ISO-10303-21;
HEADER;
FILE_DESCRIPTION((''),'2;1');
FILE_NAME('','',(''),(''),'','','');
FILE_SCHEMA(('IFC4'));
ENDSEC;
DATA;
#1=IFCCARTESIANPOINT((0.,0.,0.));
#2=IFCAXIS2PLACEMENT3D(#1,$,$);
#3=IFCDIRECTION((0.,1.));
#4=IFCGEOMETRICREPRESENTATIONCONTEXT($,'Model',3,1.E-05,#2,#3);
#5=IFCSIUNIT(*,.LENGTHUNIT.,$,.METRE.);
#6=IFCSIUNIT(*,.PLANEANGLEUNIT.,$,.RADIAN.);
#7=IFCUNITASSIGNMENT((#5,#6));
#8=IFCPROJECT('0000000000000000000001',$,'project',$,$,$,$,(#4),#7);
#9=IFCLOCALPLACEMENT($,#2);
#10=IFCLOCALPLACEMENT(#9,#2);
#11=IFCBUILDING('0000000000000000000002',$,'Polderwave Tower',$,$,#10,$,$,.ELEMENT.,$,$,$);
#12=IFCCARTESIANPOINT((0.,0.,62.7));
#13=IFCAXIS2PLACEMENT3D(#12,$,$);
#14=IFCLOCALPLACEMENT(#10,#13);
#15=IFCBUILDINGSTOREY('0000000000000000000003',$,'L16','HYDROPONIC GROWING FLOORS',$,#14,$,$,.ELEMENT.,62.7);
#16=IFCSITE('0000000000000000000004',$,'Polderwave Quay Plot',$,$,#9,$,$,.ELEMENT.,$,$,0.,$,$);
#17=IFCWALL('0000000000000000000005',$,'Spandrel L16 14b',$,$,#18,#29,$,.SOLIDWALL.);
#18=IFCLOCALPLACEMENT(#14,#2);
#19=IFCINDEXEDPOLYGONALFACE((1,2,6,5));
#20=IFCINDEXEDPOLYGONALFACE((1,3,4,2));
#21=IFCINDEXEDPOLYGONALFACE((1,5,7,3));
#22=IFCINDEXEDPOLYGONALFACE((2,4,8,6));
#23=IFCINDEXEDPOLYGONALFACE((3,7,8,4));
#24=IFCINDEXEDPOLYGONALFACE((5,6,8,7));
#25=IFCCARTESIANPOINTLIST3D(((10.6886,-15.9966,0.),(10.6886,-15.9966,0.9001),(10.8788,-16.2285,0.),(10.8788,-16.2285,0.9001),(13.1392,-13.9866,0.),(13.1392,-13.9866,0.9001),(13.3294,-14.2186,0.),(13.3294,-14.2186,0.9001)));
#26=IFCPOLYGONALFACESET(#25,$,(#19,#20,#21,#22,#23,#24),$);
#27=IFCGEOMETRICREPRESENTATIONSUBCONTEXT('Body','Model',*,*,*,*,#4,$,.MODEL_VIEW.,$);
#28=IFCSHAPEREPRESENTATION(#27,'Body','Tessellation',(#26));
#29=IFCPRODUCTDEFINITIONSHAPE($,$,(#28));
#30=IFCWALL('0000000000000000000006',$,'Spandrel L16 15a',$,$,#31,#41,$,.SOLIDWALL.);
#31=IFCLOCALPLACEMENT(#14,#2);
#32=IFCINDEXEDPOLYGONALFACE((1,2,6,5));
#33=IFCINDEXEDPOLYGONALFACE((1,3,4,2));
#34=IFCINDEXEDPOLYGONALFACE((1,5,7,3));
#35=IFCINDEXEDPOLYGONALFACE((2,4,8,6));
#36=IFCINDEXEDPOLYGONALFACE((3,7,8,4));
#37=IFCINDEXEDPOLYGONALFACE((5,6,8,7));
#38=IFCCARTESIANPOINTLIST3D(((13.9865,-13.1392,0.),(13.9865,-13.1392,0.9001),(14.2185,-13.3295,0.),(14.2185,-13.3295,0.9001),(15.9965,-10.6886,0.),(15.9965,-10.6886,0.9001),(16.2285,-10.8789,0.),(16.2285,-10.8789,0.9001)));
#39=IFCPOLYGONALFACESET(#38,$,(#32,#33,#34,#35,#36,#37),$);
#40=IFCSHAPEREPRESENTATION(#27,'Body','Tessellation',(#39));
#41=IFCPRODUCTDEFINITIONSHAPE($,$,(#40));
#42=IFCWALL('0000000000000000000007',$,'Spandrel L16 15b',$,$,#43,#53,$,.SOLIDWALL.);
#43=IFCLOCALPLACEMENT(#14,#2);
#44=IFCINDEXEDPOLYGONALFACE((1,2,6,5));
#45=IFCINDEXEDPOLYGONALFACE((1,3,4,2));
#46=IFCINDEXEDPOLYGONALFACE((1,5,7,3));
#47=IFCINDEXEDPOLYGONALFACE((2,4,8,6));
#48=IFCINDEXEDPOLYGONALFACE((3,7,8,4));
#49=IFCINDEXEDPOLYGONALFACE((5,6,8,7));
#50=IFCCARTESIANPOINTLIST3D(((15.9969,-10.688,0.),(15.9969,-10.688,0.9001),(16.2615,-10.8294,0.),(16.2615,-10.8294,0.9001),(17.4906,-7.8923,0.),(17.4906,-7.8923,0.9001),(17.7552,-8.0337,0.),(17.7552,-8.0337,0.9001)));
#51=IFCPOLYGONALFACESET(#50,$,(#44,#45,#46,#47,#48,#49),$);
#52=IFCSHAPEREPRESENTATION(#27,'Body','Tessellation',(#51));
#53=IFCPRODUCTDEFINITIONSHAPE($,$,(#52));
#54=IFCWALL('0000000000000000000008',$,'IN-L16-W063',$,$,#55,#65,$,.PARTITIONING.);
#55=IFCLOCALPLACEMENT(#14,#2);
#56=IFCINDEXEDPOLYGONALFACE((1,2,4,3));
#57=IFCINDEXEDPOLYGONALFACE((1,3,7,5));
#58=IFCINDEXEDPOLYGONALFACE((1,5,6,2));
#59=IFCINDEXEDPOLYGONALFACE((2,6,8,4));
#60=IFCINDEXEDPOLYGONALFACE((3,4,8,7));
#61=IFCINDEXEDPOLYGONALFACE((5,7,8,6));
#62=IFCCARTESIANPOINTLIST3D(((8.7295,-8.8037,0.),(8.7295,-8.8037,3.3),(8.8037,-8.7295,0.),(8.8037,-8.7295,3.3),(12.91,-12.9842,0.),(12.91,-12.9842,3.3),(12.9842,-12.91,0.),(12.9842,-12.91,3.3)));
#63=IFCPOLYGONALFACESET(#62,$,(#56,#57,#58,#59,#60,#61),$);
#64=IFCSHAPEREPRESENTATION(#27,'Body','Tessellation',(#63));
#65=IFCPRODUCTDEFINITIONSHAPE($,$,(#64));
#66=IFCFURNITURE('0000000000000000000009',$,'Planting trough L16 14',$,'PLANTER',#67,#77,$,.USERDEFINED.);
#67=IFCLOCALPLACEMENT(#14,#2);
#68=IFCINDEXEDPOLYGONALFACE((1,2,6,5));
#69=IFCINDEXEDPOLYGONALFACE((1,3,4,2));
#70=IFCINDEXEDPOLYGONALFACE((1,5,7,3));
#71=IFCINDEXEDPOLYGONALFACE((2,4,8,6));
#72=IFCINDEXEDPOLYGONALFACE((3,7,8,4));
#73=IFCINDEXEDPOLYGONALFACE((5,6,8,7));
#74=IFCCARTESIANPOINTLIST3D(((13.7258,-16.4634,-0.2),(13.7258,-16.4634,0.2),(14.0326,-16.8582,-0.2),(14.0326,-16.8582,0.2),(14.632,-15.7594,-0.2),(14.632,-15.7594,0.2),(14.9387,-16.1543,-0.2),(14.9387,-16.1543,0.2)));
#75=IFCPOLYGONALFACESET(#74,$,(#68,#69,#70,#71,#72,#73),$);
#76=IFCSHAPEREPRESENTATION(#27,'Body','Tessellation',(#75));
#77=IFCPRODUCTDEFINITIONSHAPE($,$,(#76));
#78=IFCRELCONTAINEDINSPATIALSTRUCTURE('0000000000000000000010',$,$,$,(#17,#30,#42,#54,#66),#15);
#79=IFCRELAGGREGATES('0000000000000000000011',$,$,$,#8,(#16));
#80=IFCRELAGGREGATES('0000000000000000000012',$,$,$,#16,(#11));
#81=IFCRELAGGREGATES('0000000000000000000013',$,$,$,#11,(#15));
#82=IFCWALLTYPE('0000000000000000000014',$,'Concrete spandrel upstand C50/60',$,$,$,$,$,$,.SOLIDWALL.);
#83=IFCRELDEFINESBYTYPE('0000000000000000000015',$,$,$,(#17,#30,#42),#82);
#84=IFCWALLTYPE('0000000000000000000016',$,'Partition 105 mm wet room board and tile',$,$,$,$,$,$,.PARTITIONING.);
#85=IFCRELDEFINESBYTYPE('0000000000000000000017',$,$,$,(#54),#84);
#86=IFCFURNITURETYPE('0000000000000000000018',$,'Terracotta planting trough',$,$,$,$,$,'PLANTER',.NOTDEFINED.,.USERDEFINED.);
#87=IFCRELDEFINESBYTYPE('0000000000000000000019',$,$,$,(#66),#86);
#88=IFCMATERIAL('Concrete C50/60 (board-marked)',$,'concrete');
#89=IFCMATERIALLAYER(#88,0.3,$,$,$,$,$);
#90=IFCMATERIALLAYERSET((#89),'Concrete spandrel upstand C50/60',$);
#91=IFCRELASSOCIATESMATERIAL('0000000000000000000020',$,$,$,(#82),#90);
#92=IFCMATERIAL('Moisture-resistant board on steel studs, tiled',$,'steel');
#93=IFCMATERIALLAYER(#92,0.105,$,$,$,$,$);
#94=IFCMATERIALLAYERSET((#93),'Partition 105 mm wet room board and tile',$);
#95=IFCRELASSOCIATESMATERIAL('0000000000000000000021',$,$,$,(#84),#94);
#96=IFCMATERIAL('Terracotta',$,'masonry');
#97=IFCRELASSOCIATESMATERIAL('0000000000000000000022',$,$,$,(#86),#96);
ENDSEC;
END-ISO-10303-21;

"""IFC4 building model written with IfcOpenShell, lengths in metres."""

from ifc_helpers import new_model, si_unit, direction, frame, frame_2d, origin, origin_2d, place, context, subcontext, project, spatial, rectangle, extrude, material, layer, layer_set, type_object, element, save


model = new_model("IFC4")

# Units and contexts
model_context = context("Model", 3, precision=1e-05, world=origin(), true_north=direction((0.0, 1.0)))
body_context = subcontext(model_context, "Body", "Model", "MODEL_VIEW")
ifc_project = project(units=[si_unit("LENGTHUNIT", "METRE"), si_unit("PLANEANGLEUNIT", "RADIAN")], contexts=[model_context])

# Site, building, storey
site_placement = place(None, origin())
site = spatial("IfcSite", under=ifc_project, at=site_placement, Name="Polderwave Quay Plot", CompositionType="ELEMENT", RefElevation=0.0)
building_placement = place(site_placement, origin())
building = spatial("IfcBuilding", under=site, at=building_placement, Name="Polderwave Tower", CompositionType="ELEMENT")
storey_placement = place(building_placement, frame((0.0, 0.0, 62.7)))
storey = spatial("IfcBuildingStorey", under=building, at=storey_placement, Name="L16", Description="HYDROPONIC GROWING FLOORS", CompositionType="ELEMENT", Elevation=62.7)

# Walls
ifc_material_1 = material(Name="Concrete C50/60 (board-marked)", Category="concrete")
ifc_layer_1 = layer(ifc_material_1, 0.3)
ifc_layer_set_1 = layer_set([ifc_layer_1], Name="Concrete spandrel upstand C50/60")
wall_type_1 = type_object("IfcWallType", Name="Concrete spandrel upstand C50/60", PredefinedType="SOLIDWALL", material=ifc_layer_set_1)
for number, where, z_axis, x_axis, name in (
    (1, (10.7837, -16.1125, 0.0), (0.0, 0.0, 1.0), (0.773198, 0.634164, 0.0), "Spandrel L16 14b"),
    (2, (14.1025, -13.2344, 0.0), (0.0, 0.0, 1.0), (0.634164, 0.773198, 0.0), "Spandrel L16 15a"),
):
    element("IfcWall", number, at=place(storey_placement, frame(where, z_axis=z_axis, x_axis=x_axis)), inside=storey, type_object=wall_type_1, Name=name, PredefinedType="SOLIDWALL", context=body_context, shape_type="SweptSolid", body=[
        extrude(rectangle(XDim=3.1694, YDim=0.3, at=frame_2d((1.5847, 0.0))), origin(), (0.0, 0.0, 1.0), 0.9001),
    ])
wall_1_placement = place(storey_placement, frame((16.1292, -10.7588, 0.0), z_axis=(0.0, 0.0, 1.0), x_axis=(0.471236, 0.882007, 0.0)))
element("IfcWall", 3, at=wall_1_placement, inside=storey, type_object=wall_type_1, Name="Spandrel L16 15b", PredefinedType="SOLIDWALL", context=body_context, shape_type="SweptSolid", body=[
    extrude(rectangle(XDim=3.1697, YDim=0.3, at=frame_2d((1.585, 0.0))), origin(), (0.0, 0.0, 1.0), 0.9001),
])
ifc_material_2 = material(Name="Moisture-resistant board on steel studs, tiled", Category="steel")
ifc_layer_2 = layer(ifc_material_2, 0.105)
ifc_layer_set_2 = layer_set([ifc_layer_2], Name="Partition 105 mm wet room board and tile")
wall_type_2 = type_object("IfcWallType", Name="Partition 105 mm wet room board and tile", PredefinedType="PARTITIONING", material=ifc_layer_set_2)
wall_2_placement = place(storey_placement, frame((8.7666, -8.7666, 0.0), z_axis=(0.0, 0.0, 1.0), x_axis=(0.707107, -0.707107, 0.0)))
element("IfcWall", 4, at=wall_2_placement, inside=storey, type_object=wall_type_2, Name="IN-L16-W063", PredefinedType="PARTITIONING", context=body_context, shape_type="SweptSolid", body=[
    extrude(rectangle(XDim=5.9121, YDim=0.105, at=frame_2d((2.9561, 0.0))), origin(), (0.0, 0.0, 1.0), 3.3),
])

# Furniture
ifc_material_3 = material(Name="Terracotta", Category="masonry")
furniture_type = type_object("IfcFurnitureType", Name="Terracotta planting trough", ElementType="PLANTER", AssemblyPlace="NOTDEFINED", PredefinedType="USERDEFINED", material=ifc_material_3)
furniture_placement = place(storey_placement, frame((14.3323, -16.3088, -0.2), z_axis=(0.0, 0.0, 1.0), x_axis=(0.789691, 0.613505, 0.0)))
element("IfcFurniture", 5, at=furniture_placement, inside=storey, type_object=furniture_type, Name="Planting trough L16 14", ObjectType="PLANTER", PredefinedType="USERDEFINED", context=body_context, shape_type="SweptSolid", body=[
    extrude(rectangle(XDim=1.1475, YDim=0.5, at=origin_2d()), origin(), (0.0, 0.0, 1.0), 0.3999),
])

save(model, "model.ifc")
